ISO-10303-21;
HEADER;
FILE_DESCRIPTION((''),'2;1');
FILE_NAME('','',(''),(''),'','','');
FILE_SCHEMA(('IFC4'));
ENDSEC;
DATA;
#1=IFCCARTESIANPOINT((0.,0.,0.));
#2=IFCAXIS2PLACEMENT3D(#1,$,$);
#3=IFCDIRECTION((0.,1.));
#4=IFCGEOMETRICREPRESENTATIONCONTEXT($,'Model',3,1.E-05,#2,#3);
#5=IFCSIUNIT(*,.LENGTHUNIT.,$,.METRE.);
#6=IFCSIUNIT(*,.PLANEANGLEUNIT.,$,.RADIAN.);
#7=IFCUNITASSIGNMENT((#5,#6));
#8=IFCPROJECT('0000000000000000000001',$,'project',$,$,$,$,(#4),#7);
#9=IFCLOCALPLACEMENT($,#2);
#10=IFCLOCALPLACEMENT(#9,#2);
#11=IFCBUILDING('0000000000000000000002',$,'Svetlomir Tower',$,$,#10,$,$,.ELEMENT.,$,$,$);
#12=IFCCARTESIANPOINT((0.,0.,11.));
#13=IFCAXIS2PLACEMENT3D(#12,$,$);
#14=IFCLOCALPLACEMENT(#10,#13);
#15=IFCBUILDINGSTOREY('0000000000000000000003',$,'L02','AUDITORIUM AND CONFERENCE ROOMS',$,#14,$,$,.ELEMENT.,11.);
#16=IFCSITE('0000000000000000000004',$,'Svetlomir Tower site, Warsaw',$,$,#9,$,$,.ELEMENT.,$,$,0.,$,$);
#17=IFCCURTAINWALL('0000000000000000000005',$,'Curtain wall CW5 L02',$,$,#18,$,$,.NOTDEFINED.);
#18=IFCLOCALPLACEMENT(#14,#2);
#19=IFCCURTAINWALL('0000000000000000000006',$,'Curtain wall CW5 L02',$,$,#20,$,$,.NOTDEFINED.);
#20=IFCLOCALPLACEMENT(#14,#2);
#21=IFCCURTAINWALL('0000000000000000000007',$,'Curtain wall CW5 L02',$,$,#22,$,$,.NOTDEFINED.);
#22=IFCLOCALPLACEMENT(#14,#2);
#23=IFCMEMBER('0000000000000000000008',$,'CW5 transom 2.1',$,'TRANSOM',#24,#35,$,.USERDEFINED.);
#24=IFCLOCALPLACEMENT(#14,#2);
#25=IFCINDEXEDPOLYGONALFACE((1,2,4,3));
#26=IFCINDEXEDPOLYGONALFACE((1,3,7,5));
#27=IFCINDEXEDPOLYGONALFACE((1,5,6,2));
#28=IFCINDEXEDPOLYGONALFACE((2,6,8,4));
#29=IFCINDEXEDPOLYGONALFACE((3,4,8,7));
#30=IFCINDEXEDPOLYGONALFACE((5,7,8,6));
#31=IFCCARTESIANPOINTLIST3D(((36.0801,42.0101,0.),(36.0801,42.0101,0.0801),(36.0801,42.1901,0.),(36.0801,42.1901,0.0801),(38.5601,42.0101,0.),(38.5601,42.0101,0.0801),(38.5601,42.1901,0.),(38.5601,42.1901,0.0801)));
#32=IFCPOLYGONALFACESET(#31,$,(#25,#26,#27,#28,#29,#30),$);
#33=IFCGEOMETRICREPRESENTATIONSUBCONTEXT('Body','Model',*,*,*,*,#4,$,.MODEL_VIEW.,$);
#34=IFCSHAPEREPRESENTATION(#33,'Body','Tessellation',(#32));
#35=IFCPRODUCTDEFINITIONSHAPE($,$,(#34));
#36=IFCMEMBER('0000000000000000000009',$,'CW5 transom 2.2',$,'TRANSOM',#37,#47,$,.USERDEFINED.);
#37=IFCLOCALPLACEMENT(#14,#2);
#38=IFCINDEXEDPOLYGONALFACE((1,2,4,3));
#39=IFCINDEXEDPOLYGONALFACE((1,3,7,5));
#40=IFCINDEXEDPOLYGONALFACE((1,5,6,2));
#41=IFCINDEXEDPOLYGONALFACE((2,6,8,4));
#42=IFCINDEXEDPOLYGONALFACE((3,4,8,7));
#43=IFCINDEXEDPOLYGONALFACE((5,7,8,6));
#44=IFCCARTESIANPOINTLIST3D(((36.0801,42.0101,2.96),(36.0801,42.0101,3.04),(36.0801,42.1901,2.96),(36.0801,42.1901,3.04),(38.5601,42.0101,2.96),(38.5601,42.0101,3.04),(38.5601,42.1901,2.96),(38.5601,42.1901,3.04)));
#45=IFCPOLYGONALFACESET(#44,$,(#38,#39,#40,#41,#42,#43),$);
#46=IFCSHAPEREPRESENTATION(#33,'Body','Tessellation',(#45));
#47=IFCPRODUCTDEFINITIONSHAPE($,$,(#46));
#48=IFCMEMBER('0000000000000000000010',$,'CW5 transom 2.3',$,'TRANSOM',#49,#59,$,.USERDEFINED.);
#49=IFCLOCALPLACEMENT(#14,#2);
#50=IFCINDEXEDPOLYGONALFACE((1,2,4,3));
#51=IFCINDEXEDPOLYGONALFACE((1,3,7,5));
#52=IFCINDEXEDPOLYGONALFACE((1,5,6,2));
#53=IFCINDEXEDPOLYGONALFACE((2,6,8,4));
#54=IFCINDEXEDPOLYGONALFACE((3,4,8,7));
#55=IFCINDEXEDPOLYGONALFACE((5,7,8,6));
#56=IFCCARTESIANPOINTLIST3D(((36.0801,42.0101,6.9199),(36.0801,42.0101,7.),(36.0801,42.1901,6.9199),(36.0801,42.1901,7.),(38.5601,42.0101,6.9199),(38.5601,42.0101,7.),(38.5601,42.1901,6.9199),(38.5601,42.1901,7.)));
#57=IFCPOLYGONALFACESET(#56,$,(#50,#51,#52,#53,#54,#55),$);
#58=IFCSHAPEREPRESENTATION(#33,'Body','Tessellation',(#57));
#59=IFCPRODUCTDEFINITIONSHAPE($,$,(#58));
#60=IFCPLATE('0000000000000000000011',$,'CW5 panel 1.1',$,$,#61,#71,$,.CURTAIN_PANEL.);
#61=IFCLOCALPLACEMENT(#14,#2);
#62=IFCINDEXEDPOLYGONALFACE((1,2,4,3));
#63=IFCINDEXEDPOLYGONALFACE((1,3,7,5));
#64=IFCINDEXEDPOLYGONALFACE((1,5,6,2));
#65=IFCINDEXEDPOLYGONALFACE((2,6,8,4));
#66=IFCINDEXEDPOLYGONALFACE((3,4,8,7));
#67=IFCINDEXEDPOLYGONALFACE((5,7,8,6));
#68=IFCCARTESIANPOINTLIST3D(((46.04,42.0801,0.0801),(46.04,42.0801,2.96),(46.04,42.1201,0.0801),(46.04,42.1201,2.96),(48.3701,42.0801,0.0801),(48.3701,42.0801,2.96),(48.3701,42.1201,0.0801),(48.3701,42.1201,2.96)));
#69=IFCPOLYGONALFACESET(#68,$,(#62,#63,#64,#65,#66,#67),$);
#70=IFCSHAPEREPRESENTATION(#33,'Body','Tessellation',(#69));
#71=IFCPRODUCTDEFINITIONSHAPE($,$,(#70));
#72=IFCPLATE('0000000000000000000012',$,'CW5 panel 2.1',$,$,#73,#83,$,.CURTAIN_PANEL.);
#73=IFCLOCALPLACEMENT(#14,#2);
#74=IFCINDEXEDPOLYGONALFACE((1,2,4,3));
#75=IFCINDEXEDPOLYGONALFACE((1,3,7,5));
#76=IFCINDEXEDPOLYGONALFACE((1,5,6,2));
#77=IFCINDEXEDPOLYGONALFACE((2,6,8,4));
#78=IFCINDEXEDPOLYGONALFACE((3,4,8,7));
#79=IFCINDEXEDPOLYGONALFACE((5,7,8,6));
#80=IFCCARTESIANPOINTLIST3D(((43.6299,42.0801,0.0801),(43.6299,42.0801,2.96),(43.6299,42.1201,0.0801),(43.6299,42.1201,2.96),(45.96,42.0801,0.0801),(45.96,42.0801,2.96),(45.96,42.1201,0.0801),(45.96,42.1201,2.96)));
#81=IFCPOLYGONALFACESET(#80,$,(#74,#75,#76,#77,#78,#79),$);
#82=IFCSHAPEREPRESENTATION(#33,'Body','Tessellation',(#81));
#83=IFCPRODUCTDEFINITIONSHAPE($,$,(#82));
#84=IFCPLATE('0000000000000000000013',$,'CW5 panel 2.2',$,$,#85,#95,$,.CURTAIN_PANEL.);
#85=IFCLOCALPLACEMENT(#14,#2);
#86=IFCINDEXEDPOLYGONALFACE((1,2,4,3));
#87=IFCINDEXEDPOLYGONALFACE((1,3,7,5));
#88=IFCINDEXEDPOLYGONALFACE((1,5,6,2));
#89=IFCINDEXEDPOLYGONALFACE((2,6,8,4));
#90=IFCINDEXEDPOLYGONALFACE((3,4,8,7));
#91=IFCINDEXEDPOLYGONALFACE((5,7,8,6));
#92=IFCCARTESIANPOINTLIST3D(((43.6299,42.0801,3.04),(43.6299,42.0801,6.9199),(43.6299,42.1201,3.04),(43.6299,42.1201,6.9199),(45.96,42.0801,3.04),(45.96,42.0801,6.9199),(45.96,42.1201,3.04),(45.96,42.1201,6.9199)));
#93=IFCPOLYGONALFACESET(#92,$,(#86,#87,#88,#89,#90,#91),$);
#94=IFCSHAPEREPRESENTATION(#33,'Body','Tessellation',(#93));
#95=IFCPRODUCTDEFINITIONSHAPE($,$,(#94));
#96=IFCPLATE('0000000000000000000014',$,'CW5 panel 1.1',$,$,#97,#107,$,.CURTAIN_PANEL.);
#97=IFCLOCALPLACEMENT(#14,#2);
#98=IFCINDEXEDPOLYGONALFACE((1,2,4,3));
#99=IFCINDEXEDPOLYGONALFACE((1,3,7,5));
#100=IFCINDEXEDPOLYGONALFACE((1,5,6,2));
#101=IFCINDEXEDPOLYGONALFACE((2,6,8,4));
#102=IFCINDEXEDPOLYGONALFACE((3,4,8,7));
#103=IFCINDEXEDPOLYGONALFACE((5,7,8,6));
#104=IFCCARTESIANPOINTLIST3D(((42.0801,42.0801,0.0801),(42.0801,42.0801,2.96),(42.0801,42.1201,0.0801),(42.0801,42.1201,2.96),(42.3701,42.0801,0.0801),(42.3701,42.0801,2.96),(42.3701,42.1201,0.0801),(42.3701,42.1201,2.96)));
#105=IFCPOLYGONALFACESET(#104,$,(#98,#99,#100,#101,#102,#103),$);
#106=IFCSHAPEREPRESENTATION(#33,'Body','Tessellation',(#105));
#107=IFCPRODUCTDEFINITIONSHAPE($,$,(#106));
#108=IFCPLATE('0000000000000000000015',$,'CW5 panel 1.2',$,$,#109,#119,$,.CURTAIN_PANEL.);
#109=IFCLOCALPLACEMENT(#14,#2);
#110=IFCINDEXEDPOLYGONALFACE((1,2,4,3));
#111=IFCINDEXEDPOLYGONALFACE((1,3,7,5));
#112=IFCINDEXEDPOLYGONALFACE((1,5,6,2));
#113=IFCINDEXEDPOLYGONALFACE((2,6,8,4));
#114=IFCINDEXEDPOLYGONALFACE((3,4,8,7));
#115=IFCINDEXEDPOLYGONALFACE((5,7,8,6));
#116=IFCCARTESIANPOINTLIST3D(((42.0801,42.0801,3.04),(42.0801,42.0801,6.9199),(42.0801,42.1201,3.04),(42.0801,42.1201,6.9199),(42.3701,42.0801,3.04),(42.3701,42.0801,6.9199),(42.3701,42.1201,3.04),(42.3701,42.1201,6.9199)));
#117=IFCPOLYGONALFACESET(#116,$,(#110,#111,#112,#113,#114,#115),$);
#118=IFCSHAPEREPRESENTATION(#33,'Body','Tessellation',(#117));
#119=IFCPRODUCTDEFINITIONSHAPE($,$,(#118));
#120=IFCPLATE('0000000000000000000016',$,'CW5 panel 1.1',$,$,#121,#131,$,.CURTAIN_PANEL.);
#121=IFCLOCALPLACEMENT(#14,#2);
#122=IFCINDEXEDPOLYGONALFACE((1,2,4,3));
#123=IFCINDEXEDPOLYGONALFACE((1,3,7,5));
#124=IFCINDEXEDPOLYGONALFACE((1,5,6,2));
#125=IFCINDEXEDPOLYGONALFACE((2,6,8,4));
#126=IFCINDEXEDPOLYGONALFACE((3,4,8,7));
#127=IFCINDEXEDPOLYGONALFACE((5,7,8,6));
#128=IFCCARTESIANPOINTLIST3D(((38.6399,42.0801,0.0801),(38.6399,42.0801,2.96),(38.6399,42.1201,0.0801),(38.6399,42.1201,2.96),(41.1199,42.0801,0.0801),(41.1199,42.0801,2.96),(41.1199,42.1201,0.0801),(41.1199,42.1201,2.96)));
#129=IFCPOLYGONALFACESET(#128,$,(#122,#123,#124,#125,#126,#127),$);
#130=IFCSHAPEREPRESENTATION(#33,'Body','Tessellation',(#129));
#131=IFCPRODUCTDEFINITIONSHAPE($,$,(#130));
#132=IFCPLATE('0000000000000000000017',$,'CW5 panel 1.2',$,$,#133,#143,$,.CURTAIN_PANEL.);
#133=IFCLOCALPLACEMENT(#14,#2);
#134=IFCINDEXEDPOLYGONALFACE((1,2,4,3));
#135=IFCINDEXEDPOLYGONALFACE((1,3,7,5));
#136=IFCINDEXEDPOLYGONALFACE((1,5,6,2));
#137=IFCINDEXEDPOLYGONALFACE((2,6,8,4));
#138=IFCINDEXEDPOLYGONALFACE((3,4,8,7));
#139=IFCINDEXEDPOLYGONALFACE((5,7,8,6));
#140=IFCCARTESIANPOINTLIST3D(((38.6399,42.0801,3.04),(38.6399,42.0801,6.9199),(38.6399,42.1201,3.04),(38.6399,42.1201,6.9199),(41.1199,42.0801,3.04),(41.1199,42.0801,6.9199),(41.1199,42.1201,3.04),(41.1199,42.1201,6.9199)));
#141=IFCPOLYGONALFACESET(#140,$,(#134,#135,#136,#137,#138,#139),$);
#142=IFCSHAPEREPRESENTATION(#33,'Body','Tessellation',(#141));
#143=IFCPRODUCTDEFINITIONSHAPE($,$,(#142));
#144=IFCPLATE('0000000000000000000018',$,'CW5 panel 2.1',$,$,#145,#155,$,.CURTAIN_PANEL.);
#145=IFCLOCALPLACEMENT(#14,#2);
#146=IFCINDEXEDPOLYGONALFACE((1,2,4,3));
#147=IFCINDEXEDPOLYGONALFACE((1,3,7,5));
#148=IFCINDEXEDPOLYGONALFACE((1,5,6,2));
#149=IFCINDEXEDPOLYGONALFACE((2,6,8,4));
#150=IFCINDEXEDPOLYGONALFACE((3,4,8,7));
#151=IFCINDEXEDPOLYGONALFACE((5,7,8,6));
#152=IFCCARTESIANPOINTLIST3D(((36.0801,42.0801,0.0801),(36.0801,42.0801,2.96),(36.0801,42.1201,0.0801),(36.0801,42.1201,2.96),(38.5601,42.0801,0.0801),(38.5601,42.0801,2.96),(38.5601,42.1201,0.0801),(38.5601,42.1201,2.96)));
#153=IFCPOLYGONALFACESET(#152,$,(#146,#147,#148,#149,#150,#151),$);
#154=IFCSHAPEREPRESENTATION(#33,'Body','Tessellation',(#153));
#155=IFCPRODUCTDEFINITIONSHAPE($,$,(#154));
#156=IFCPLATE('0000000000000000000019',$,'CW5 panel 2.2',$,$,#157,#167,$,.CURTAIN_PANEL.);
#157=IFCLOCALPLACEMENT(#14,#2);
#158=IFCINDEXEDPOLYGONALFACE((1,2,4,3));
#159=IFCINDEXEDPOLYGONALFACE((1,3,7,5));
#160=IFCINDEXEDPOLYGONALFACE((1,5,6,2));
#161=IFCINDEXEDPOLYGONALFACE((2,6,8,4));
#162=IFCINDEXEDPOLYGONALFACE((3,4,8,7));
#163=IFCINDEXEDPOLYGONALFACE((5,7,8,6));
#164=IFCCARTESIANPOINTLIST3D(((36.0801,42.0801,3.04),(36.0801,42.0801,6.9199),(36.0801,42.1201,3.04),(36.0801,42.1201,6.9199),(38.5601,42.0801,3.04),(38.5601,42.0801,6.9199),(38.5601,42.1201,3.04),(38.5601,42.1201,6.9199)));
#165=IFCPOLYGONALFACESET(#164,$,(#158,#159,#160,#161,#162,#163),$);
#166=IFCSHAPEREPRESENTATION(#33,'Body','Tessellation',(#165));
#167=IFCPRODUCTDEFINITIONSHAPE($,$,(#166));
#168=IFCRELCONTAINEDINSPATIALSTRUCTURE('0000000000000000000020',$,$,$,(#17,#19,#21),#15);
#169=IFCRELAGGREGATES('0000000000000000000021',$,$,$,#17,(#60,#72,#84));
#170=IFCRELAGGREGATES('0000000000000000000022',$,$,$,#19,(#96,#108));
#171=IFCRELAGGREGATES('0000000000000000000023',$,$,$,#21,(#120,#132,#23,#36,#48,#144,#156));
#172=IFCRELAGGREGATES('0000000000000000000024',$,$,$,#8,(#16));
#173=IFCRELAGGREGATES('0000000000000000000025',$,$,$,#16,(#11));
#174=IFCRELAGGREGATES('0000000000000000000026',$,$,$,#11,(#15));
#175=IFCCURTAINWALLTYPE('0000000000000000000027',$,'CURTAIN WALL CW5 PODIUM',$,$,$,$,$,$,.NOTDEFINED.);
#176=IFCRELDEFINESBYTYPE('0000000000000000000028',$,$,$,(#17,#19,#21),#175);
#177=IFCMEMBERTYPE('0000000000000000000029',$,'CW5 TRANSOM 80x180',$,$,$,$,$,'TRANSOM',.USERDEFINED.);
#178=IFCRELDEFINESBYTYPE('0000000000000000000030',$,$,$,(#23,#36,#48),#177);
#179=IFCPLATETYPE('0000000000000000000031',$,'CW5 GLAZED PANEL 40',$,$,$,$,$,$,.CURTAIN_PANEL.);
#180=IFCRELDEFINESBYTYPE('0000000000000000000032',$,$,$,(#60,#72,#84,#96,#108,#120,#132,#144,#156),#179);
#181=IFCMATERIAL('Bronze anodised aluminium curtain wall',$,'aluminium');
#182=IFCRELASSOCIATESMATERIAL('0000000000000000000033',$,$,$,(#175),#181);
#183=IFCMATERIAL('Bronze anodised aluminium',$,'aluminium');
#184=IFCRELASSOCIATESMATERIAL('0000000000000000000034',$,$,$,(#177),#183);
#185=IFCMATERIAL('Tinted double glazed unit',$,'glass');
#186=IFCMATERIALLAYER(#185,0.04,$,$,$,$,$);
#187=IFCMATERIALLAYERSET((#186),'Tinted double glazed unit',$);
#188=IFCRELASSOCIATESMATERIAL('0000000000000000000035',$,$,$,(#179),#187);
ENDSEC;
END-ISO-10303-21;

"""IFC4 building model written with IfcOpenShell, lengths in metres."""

from ifc_helpers import new_model, si_unit, direction, frame, origin, origin_2d, place, context, subcontext, project, spatial, rectangle, extrude, material, layer, layer_set, material_profile, profile_set, type_object, element, aggregate, save


model = new_model("IFC4")

# Units and contexts
model_context = context("Model", 3, precision=1e-05, world=origin(), true_north=direction((0.0, 1.0)))
body_context = subcontext(model_context, "Body", "Model", "MODEL_VIEW")
ifc_project = project(units=[si_unit("LENGTHUNIT", "METRE"), si_unit("PLANEANGLEUNIT", "RADIAN")], contexts=[model_context])

# Site, building, storey
site_placement = place(None, origin())
site = spatial("IfcSite", under=ifc_project, at=site_placement, Name="Svetlomir Tower site, Warsaw", CompositionType="ELEMENT", RefElevation=0.0)
building_placement = place(site_placement, origin())
building = spatial("IfcBuilding", under=site, at=building_placement, Name="Svetlomir Tower", CompositionType="ELEMENT")
storey_placement = place(building_placement, frame((0.0, 0.0, 11.0)))
storey = spatial("IfcBuildingStorey", under=building, at=storey_placement, Name="L02", Description="AUDITORIUM AND CONFERENCE ROOMS", CompositionType="ELEMENT", Elevation=11.0)

# Curtain walls
ifc_material_1 = material(Name="Bronze anodised aluminium curtain wall", Category="aluminium")
curtain_wall_type = type_object("IfcCurtainWallType", Name="CURTAIN WALL CW5 PODIUM", PredefinedType="NOTDEFINED", material=ifc_material_1)
curtain_wall_1_placement = place(storey_placement, origin())
curtain_wall_1 = element("IfcCurtainWall", 1, at=curtain_wall_1_placement, inside=storey, type_object=curtain_wall_type, Name="Curtain wall CW5 L02", PredefinedType="NOTDEFINED")
curtain_wall_2_placement = place(storey_placement, origin())
curtain_wall_2 = element("IfcCurtainWall", 2, at=curtain_wall_2_placement, inside=storey, type_object=curtain_wall_type, Name="Curtain wall CW5 L02", PredefinedType="NOTDEFINED")
curtain_wall_3_placement = place(storey_placement, origin())
curtain_wall_3 = element("IfcCurtainWall", 3, at=curtain_wall_3_placement, inside=storey, type_object=curtain_wall_type, Name="Curtain wall CW5 L02", PredefinedType="NOTDEFINED")

# Members
ifc_material_2 = material(Name="Bronze anodised aluminium", Category="aluminium")
ifc_material_profile_1 = material_profile(ifc_material_2, rectangle(XDim=0.1799, YDim=0.0801, at=origin_2d()), Name="AL 180x80")
ifc_profile_set_1 = profile_set([ifc_material_profile_1], Name="Bronze anodised aluminium 6063-T6")
member_type_1 = type_object("IfcMemberType", Name="CW5 TRANSOM 80x180", ElementType="TRANSOM", PredefinedType="USERDEFINED", material=ifc_profile_set_1)
member_1_placement = place(storey_placement, frame((38.5601, 42.1001, 0.04), z_axis=(-1.0, 0.0, 0.0), x_axis=(0.0, -1.0, 0.0)))
member_1 = element("IfcMember", 4, at=member_1_placement, type_object=member_type_1, Name="CW5 transom 2.1", ObjectType="TRANSOM", PredefinedType="USERDEFINED", context=body_context, shape_type="SweptSolid", body=[
    extrude(rectangle(XDim=0.1799, YDim=0.0801, at=origin_2d()), origin(), (0.0, 0.0, 1.0), 2.48),
])
member_2_placement = place(storey_placement, frame((38.5601, 42.1001, 3.0), z_axis=(-1.0, 0.0, 0.0), x_axis=(0.0, -1.0, 0.0)))
member_2 = element("IfcMember", 5, at=member_2_placement, type_object=member_type_1, Name="CW5 transom 2.2", ObjectType="TRANSOM", PredefinedType="USERDEFINED", context=body_context, shape_type="SweptSolid", body=[
    extrude(rectangle(XDim=0.1799, YDim=0.0801, at=origin_2d()), origin(), (0.0, 0.0, 1.0), 2.48),
])
member_3_placement = place(storey_placement, frame((38.5601, 42.1001, 6.96), z_axis=(-1.0, 0.0, 0.0), x_axis=(0.0, -1.0, 0.0)))
member_3 = element("IfcMember", 6, at=member_3_placement, type_object=member_type_1, Name="CW5 transom 2.3", ObjectType="TRANSOM", PredefinedType="USERDEFINED", context=body_context, shape_type="SweptSolid", body=[
    extrude(rectangle(XDim=0.1799, YDim=0.0801, at=origin_2d()), origin(), (0.0, 0.0, 1.0), 2.48),
])

# Plates
ifc_material_3 = material(Name="Tinted double glazed unit", Category="glass")
ifc_layer = layer(ifc_material_3, 0.04)
ifc_layer_set = layer_set([ifc_layer], Name="Tinted double glazed unit")
plate_type = type_object("IfcPlateType", Name="CW5 GLAZED PANEL 40", PredefinedType="CURTAIN_PANEL", material=ifc_layer_set)
plate_1_placement = place(storey_placement, frame((47.2051, 42.1001, 0.0801), z_axis=(0.0, 0.0, 1.0), x_axis=(-1.0, 0.0, 0.0)))
plate_1 = element("IfcPlate", 7, at=plate_1_placement, type_object=plate_type, Name="CW5 panel 1.1", PredefinedType="CURTAIN_PANEL", context=body_context, shape_type="SweptSolid", body=[
    extrude(rectangle(XDim=2.3301, YDim=0.04, at=origin_2d()), origin(), (0.0, 0.0, 1.0), 2.8799),
])
plate_2_placement = place(storey_placement, frame((44.7949, 42.1001, 0.0801), z_axis=(0.0, 0.0, 1.0), x_axis=(-1.0, 0.0, 0.0)))
plate_2 = element("IfcPlate", 8, at=plate_2_placement, type_object=plate_type, Name="CW5 panel 2.1", PredefinedType="CURTAIN_PANEL", context=body_context, shape_type="SweptSolid", body=[
    extrude(rectangle(XDim=2.3301, YDim=0.04, at=origin_2d()), origin(), (0.0, 0.0, 1.0), 2.8799),
])
plate_3_placement = place(storey_placement, frame((44.7949, 42.1001, 3.04), z_axis=(0.0, 0.0, 1.0), x_axis=(-1.0, 0.0, 0.0)))
plate_3 = element("IfcPlate", 9, at=plate_3_placement, type_object=plate_type, Name="CW5 panel 2.2", PredefinedType="CURTAIN_PANEL", context=body_context, shape_type="SweptSolid", body=[
    extrude(rectangle(XDim=2.3301, YDim=0.04, at=origin_2d()), origin(), (0.0, 0.0, 1.0), 3.8799),
])
aggregate(curtain_wall_1, [plate_1, plate_2, plate_3])
plate_4_placement = place(storey_placement, frame((42.2251, 42.1001, 0.0801), z_axis=(0.0, 0.0, 1.0), x_axis=(-1.0, 0.0, 0.0)))
plate_4 = element("IfcPlate", 10, at=plate_4_placement, type_object=plate_type, Name="CW5 panel 1.1", PredefinedType="CURTAIN_PANEL", context=body_context, shape_type="SweptSolid", body=[
    extrude(rectangle(XDim=0.29, YDim=0.04, at=origin_2d()), origin(), (0.0, 0.0, 1.0), 2.8799),
])
plate_5_placement = place(storey_placement, frame((42.2251, 42.1001, 3.04), z_axis=(0.0, 0.0, 1.0), x_axis=(-1.0, 0.0, 0.0)))
plate_5 = element("IfcPlate", 11, at=plate_5_placement, type_object=plate_type, Name="CW5 panel 1.2", PredefinedType="CURTAIN_PANEL", context=body_context, shape_type="SweptSolid", body=[
    extrude(rectangle(XDim=0.29, YDim=0.04, at=origin_2d()), origin(), (0.0, 0.0, 1.0), 3.8799),
])
aggregate(curtain_wall_2, [plate_4, plate_5])
plate_6_placement = place(storey_placement, frame((39.8799, 42.1001, 0.0801), z_axis=(0.0, 0.0, 1.0), x_axis=(-1.0, 0.0, 0.0)))
plate_6 = element("IfcPlate", 12, at=plate_6_placement, type_object=plate_type, Name="CW5 panel 1.1", PredefinedType="CURTAIN_PANEL", context=body_context, shape_type="SweptSolid", body=[
    extrude(rectangle(XDim=2.48, YDim=0.04, at=origin_2d()), origin(), (0.0, 0.0, 1.0), 2.8799),
])
plate_7_placement = place(storey_placement, frame((39.8799, 42.1001, 3.04), z_axis=(0.0, 0.0, 1.0), x_axis=(-1.0, 0.0, 0.0)))
plate_7 = element("IfcPlate", 13, at=plate_7_placement, type_object=plate_type, Name="CW5 panel 1.2", PredefinedType="CURTAIN_PANEL", context=body_context, shape_type="SweptSolid", body=[
    extrude(rectangle(XDim=2.48, YDim=0.04, at=origin_2d()), origin(), (0.0, 0.0, 1.0), 3.8799),
])
plate_8_placement = place(storey_placement, frame((37.3201, 42.1001, 0.0801), z_axis=(0.0, 0.0, 1.0), x_axis=(-1.0, 0.0, 0.0)))
plate_8 = element("IfcPlate", 14, at=plate_8_placement, type_object=plate_type, Name="CW5 panel 2.1", PredefinedType="CURTAIN_PANEL", context=body_context, shape_type="SweptSolid", body=[
    extrude(rectangle(XDim=2.48, YDim=0.04, at=origin_2d()), origin(), (0.0, 0.0, 1.0), 2.8799),
])
plate_9_placement = place(storey_placement, frame((37.3201, 42.1001, 3.04), z_axis=(0.0, 0.0, 1.0), x_axis=(-1.0, 0.0, 0.0)))
plate_9 = element("IfcPlate", 15, at=plate_9_placement, type_object=plate_type, Name="CW5 panel 2.2", PredefinedType="CURTAIN_PANEL", context=body_context, shape_type="SweptSolid", body=[
    extrude(rectangle(XDim=2.48, YDim=0.04, at=origin_2d()), origin(), (0.0, 0.0, 1.0), 3.8799),
])
aggregate(curtain_wall_3, [plate_6, plate_7, member_1, member_2, member_3, plate_8, plate_9])

save(model, "model.ifc")
